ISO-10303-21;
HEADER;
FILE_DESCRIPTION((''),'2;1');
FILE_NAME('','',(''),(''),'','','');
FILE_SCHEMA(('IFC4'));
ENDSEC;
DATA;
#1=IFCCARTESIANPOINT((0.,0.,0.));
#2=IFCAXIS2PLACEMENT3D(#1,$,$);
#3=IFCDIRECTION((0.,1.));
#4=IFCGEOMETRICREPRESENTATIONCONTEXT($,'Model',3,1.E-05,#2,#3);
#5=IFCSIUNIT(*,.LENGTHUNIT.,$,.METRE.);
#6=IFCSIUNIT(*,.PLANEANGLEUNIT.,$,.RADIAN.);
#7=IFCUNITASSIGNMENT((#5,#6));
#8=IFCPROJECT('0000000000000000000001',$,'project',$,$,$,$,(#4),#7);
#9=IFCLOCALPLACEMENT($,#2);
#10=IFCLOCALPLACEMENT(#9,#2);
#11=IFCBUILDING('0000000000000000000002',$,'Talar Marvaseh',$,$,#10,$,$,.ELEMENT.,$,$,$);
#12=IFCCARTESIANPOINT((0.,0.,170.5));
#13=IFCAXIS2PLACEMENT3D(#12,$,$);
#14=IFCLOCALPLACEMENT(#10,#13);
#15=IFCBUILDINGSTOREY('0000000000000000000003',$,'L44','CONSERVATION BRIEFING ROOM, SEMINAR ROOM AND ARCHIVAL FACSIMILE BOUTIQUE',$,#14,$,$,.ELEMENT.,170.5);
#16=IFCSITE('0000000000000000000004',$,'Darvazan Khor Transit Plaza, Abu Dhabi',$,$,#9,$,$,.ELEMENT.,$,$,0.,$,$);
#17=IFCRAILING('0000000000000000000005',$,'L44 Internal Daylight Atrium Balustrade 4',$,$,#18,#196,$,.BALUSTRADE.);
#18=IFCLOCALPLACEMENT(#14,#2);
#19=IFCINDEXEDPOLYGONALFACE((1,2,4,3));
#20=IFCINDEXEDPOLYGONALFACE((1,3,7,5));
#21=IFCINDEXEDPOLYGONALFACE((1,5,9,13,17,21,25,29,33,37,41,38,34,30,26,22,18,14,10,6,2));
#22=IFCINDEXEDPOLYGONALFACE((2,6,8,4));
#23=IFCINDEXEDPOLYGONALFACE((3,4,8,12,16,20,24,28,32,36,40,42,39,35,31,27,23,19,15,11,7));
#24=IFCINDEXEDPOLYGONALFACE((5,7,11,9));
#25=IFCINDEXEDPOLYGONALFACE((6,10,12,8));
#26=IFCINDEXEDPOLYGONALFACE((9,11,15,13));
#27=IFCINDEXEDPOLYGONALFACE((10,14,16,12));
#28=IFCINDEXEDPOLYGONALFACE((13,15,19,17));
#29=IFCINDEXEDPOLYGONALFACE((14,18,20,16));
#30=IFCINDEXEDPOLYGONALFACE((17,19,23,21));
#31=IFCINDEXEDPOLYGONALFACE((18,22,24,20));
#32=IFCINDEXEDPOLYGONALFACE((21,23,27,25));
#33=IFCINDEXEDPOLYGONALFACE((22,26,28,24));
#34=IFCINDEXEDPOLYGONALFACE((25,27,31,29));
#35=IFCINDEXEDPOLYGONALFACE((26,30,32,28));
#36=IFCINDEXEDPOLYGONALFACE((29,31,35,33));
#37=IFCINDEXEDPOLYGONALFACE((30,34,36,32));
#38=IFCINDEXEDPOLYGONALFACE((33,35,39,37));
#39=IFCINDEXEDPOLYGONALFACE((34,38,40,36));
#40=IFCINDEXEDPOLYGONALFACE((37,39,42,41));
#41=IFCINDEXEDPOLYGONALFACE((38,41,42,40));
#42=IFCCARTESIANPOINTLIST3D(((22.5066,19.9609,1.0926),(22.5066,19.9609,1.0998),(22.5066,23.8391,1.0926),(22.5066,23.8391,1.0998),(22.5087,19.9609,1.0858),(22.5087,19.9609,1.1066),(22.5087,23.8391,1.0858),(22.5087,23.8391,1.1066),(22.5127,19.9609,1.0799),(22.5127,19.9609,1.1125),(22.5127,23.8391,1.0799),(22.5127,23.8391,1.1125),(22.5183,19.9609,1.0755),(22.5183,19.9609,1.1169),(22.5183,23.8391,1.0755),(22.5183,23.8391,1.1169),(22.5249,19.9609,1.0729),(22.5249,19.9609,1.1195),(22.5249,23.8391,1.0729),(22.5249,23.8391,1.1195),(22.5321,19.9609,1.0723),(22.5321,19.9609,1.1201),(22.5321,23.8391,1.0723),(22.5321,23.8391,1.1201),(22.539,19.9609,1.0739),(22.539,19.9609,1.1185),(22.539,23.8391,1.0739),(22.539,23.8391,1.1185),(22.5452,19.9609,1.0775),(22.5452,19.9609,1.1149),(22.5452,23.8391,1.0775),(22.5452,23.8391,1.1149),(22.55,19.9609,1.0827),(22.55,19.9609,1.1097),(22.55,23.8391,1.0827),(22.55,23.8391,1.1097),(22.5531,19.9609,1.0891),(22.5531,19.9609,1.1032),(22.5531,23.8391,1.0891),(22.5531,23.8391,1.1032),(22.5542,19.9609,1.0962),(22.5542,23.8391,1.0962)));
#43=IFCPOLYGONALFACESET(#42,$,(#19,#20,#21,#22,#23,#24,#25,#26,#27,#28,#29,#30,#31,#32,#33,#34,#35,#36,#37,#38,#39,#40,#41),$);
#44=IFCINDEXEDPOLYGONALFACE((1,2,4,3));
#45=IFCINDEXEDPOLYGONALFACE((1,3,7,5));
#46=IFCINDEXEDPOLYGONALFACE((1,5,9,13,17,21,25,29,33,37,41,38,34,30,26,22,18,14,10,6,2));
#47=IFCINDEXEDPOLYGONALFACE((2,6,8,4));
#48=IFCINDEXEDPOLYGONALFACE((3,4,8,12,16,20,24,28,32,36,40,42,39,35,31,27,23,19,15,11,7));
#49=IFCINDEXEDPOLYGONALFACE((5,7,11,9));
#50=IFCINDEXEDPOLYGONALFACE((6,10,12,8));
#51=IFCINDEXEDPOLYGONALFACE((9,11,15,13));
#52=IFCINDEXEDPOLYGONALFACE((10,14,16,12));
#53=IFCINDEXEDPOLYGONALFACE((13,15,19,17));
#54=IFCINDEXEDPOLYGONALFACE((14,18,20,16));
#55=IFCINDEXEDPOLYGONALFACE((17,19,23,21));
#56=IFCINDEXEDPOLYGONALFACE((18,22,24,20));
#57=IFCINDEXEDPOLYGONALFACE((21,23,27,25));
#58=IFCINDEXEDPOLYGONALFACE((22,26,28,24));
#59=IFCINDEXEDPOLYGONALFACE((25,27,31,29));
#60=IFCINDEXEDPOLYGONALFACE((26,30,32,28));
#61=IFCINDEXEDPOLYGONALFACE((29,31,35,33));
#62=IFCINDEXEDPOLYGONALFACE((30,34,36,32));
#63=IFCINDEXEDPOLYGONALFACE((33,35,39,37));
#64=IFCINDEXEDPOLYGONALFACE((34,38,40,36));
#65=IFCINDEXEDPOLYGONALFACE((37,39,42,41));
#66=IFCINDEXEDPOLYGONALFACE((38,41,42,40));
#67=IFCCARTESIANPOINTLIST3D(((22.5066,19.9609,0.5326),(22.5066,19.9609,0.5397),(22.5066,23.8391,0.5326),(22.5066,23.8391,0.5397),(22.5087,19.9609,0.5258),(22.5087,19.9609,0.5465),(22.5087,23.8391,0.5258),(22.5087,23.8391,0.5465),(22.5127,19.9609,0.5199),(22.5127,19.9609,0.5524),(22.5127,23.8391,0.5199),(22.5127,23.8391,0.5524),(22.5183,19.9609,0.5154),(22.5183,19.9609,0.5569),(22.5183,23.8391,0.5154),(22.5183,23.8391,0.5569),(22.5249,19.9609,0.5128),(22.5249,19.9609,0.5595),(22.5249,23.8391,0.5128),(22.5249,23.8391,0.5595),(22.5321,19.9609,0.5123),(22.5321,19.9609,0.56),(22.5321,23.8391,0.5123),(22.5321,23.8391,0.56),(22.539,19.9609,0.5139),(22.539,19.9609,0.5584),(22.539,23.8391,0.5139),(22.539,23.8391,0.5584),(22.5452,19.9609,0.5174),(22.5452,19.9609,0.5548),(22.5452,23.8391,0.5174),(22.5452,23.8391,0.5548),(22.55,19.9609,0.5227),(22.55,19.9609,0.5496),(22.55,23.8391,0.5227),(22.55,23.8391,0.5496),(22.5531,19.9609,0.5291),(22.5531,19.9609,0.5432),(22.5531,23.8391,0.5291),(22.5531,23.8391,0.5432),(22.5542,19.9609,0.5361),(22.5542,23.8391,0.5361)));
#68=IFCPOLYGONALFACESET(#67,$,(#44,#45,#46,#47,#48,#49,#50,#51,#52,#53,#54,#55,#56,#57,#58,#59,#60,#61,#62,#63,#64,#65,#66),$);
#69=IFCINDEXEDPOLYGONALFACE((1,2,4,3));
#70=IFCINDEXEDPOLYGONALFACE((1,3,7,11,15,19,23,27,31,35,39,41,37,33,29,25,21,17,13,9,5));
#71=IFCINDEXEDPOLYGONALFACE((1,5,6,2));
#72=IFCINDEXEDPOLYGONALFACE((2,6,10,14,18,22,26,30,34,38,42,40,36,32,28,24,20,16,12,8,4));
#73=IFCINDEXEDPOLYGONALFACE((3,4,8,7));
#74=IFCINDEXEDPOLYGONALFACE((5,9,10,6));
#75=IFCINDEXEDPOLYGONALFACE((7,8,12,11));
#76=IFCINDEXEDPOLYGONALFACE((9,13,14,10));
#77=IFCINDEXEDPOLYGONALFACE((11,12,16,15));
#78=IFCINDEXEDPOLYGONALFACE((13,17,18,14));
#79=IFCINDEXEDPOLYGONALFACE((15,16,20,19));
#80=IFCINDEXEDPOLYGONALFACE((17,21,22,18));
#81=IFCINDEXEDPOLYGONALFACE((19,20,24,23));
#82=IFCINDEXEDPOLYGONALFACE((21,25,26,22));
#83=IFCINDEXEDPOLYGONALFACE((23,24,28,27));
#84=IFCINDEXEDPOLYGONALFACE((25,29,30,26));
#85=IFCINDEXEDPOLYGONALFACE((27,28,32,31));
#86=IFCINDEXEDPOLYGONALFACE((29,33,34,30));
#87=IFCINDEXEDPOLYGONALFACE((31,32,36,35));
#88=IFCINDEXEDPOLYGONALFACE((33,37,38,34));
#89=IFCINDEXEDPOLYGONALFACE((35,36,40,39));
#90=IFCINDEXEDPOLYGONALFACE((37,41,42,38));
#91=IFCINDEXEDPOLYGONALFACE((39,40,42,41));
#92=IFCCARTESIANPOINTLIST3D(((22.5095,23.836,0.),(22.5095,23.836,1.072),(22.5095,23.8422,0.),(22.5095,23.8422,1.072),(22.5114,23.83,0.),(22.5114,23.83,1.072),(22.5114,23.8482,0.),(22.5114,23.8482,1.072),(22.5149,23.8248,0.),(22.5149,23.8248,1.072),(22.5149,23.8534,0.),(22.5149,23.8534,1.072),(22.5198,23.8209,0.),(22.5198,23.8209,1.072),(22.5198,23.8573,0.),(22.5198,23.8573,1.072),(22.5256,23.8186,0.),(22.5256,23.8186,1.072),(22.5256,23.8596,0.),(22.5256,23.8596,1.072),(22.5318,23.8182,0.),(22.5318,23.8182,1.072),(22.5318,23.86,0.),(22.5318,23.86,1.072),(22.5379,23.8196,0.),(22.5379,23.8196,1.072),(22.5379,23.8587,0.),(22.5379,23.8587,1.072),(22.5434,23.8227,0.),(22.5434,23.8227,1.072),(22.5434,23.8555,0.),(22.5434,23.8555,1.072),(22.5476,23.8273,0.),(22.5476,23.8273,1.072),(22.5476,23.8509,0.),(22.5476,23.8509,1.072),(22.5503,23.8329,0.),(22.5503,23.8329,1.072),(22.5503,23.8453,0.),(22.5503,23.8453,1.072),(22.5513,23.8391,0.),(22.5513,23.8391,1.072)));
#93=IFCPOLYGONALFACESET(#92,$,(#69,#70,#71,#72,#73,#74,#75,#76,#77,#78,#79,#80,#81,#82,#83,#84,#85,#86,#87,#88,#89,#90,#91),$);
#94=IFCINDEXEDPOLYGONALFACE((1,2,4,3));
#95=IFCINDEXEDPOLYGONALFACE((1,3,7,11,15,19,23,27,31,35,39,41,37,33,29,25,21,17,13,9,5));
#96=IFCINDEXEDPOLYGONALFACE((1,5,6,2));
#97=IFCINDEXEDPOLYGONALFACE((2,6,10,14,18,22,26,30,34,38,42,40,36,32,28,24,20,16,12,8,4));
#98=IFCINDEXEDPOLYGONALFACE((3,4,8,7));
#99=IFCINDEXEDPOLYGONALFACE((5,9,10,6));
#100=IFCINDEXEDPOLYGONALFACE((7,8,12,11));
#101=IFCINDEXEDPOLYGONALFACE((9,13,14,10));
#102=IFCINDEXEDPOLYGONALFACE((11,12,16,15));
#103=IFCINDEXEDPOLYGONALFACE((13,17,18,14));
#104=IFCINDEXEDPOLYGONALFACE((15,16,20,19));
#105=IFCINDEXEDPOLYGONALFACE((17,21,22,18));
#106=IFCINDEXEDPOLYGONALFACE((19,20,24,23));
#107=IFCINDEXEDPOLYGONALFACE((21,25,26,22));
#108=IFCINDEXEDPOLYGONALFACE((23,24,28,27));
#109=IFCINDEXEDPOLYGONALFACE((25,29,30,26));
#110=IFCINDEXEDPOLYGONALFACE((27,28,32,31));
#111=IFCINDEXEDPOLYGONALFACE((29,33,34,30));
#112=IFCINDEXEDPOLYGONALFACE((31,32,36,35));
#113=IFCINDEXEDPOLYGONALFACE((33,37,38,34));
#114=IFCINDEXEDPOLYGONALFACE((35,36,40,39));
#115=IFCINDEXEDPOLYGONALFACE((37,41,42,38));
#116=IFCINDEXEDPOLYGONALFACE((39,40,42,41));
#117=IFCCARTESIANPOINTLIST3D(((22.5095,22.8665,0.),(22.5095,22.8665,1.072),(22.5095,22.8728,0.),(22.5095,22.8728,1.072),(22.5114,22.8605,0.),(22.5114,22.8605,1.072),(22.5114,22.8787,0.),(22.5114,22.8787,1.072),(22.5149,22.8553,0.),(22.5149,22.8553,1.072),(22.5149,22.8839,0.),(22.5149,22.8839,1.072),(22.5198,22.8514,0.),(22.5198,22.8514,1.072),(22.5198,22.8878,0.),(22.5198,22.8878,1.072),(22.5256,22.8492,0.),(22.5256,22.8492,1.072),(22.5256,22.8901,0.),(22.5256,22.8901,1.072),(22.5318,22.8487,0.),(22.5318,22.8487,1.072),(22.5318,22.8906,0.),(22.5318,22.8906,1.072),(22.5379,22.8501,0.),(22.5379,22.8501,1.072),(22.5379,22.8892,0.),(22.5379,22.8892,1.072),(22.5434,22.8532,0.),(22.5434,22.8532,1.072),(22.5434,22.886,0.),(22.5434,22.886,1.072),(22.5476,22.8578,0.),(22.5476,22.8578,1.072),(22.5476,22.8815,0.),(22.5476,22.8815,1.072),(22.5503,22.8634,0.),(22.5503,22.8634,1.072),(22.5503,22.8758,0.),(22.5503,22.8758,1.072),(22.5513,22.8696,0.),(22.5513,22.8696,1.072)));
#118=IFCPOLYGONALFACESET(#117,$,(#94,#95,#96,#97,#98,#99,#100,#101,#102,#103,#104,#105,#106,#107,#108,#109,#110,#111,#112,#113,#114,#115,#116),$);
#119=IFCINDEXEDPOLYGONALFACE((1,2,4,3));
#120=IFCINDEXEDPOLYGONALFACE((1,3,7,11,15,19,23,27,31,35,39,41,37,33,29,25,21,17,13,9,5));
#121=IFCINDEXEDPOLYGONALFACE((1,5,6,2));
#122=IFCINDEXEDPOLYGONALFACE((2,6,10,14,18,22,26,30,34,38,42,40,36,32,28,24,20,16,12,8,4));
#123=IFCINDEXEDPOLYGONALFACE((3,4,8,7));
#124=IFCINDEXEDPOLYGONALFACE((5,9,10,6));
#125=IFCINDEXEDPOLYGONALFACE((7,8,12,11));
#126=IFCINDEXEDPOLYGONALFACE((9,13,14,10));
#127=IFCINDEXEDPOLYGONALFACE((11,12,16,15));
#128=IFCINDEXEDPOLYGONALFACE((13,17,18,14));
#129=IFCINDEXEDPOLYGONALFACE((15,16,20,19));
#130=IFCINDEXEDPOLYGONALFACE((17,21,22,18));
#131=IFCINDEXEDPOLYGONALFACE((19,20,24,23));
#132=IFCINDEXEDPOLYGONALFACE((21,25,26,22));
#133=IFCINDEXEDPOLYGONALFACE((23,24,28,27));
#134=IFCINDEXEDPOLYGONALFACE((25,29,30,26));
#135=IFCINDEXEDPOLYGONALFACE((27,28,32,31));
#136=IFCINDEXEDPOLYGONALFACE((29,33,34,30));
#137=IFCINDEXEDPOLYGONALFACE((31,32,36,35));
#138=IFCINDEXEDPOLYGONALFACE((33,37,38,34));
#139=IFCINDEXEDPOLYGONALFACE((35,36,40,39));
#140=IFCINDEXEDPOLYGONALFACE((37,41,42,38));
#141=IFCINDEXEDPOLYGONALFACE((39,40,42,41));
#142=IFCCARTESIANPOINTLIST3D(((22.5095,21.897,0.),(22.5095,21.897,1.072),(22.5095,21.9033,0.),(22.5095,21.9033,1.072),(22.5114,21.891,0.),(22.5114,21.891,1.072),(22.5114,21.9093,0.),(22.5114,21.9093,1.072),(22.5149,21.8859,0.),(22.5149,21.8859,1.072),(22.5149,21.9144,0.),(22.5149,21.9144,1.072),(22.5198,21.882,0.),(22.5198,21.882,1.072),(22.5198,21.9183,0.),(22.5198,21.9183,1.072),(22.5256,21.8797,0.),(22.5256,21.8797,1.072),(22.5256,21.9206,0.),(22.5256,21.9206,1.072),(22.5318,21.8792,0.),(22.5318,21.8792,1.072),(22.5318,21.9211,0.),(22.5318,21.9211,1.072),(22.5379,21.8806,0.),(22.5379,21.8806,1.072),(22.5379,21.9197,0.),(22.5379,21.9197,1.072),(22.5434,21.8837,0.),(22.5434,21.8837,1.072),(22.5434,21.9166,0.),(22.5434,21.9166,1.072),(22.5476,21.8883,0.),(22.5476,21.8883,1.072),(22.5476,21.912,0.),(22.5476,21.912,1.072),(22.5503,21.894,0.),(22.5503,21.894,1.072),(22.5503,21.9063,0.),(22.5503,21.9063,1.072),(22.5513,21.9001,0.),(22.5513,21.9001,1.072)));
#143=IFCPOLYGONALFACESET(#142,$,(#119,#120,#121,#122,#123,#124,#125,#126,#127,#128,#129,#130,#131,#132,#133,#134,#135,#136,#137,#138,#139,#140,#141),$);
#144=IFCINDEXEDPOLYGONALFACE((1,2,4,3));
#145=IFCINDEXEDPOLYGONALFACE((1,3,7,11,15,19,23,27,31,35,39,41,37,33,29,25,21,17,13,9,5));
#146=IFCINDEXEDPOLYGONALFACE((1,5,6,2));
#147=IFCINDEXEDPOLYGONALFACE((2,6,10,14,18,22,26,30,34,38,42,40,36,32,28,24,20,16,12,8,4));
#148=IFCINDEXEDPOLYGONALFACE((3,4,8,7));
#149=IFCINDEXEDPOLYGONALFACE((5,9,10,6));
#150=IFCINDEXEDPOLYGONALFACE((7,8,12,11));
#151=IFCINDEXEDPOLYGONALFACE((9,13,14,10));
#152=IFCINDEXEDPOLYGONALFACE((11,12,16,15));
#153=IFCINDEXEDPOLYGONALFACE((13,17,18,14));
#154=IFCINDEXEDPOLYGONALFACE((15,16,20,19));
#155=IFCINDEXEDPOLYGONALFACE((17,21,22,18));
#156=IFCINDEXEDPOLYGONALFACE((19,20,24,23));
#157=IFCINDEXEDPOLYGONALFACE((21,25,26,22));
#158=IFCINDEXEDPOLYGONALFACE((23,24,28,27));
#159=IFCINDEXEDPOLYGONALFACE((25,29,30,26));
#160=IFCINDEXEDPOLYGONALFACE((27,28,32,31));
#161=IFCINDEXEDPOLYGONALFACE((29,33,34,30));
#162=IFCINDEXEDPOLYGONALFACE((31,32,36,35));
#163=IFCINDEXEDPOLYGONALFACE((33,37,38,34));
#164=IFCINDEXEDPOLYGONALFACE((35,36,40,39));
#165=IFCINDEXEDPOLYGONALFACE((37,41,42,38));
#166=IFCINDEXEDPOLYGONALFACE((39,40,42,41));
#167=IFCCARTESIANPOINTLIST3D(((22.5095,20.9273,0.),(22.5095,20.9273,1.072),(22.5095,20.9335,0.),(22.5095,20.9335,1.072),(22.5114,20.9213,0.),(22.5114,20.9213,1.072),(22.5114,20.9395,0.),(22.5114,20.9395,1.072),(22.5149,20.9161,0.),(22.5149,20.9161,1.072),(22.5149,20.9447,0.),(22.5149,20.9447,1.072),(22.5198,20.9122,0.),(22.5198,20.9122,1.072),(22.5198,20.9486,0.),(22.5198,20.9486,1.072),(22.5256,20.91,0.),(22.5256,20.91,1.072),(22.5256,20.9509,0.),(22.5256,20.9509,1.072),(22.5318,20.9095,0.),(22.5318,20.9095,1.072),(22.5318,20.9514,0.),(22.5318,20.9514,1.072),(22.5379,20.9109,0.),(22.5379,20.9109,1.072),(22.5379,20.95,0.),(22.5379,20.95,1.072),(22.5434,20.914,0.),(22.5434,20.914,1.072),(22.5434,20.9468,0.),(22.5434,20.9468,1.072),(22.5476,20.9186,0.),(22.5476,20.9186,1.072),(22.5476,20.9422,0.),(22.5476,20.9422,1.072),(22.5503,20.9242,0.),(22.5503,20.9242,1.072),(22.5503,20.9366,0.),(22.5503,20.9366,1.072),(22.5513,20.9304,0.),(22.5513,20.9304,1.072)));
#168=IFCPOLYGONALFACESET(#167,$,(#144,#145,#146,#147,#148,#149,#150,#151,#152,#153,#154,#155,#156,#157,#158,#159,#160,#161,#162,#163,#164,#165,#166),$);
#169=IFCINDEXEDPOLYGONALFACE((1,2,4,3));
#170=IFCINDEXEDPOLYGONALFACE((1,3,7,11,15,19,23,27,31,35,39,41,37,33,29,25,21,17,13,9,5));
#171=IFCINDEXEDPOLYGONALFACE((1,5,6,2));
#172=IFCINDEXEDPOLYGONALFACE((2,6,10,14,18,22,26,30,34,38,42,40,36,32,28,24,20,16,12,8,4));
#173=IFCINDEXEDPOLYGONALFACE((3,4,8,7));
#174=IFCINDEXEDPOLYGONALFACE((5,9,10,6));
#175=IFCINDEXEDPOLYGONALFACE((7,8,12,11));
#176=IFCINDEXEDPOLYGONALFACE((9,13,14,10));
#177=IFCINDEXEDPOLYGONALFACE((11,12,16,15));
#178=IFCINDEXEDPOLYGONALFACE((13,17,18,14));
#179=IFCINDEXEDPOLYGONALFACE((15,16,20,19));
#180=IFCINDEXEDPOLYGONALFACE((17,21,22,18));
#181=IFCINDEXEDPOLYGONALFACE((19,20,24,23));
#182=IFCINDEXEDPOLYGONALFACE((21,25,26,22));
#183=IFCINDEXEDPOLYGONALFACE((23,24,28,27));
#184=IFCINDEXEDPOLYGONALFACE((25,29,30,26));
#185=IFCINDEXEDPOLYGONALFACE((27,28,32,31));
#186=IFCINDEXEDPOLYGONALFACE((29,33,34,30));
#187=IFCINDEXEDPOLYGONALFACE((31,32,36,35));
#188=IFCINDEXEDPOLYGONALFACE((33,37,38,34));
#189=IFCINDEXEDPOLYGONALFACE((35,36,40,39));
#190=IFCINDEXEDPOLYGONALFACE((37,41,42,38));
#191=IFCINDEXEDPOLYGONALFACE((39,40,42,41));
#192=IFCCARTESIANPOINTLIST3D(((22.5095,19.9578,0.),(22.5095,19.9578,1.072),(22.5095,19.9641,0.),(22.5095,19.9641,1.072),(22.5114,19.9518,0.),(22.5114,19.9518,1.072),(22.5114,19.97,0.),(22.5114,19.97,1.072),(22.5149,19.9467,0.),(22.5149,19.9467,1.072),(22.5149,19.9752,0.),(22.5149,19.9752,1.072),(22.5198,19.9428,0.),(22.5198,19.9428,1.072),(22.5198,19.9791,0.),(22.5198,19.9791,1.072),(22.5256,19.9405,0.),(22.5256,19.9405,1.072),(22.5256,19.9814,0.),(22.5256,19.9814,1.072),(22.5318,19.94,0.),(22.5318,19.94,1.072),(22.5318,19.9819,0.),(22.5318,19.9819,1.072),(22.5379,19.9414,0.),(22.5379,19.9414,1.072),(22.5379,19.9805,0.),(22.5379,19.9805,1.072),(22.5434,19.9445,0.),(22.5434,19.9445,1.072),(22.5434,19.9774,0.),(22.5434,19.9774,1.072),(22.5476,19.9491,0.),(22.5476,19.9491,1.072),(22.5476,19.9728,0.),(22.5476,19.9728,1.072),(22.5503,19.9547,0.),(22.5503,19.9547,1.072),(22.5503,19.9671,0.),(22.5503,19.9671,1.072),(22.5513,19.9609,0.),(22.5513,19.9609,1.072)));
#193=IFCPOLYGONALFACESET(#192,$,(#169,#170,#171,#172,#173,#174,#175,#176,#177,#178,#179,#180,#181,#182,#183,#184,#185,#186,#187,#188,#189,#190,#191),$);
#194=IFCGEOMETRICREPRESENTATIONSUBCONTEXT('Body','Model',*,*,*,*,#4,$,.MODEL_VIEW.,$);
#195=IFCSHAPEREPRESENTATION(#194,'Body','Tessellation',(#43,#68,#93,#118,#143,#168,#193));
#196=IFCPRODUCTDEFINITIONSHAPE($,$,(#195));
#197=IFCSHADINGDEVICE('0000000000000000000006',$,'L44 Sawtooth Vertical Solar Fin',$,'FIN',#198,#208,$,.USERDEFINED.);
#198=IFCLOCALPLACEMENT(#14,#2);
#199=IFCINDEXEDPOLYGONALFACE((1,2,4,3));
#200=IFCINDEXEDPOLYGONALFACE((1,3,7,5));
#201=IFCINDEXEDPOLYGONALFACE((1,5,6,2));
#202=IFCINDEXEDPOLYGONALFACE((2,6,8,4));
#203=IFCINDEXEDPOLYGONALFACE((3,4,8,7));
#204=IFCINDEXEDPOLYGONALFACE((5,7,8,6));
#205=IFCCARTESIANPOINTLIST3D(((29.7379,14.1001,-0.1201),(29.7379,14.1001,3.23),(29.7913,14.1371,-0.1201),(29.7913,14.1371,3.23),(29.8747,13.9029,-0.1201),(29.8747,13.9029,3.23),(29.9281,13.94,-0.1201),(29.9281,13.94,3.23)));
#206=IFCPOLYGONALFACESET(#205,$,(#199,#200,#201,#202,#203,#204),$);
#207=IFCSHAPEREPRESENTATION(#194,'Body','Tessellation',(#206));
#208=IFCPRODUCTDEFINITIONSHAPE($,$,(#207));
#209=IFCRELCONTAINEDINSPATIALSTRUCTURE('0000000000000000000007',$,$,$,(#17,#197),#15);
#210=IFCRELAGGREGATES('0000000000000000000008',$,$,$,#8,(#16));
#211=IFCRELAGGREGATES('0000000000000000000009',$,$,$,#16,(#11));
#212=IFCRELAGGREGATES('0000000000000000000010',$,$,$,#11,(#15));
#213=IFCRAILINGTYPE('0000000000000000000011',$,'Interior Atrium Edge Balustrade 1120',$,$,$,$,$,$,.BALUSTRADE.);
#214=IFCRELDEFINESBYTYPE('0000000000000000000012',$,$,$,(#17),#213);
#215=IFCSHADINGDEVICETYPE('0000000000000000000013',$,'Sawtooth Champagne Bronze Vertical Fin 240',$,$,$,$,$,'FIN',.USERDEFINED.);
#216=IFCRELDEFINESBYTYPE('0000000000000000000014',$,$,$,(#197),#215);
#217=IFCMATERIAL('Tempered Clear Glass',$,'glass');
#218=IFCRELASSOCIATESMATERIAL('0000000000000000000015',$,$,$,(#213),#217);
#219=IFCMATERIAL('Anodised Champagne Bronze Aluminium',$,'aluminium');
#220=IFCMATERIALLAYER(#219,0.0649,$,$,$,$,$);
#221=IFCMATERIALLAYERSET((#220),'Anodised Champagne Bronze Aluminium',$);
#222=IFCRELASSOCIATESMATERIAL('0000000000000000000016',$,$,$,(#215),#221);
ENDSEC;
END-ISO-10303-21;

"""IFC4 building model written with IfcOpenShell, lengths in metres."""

from ifc_helpers import new_model, si_unit, direction, frame, origin, origin_2d, place, context, subcontext, project, spatial, rectangle, circle, extrude, source, transform, mapped, material, layer, layer_set, type_object, type_shapes, element, save


model = new_model("IFC4")

# Units and contexts
model_context = context("Model", 3, precision=1e-05, world=origin(), true_north=direction((0.0, 1.0)))
body_context = subcontext(model_context, "Body", "Model", "MODEL_VIEW")
ifc_project = project(units=[si_unit("LENGTHUNIT", "METRE"), si_unit("PLANEANGLEUNIT", "RADIAN")], contexts=[model_context])

# Site, building, storey
site_placement = place(None, origin())
site = spatial("IfcSite", under=ifc_project, at=site_placement, Name="Darvazan Khor Transit Plaza, Abu Dhabi", CompositionType="ELEMENT", RefElevation=0.0)
building_placement = place(site_placement, origin())
building = spatial("IfcBuilding", under=site, at=building_placement, Name="Talar Marvaseh", CompositionType="ELEMENT")
storey_placement = place(building_placement, frame((0.0, 0.0, 170.5)))
storey = spatial("IfcBuildingStorey", under=building, at=storey_placement, Name="L44", Description="CONSERVATION BRIEFING ROOM, SEMINAR ROOM AND ARCHIVAL FACSIMILE BOUTIQUE", CompositionType="ELEMENT", Elevation=170.5)

# Railing
ifc_material_1 = material(Name="Tempered Clear Glass", Category="glass")
railing_type = type_object("IfcRailingType", Name="Interior Atrium Edge Balustrade 1120", PredefinedType="BALUSTRADE", material=ifc_material_1)
railing_1_placement = place(storey_placement, frame((22.5303, 23.8391, 0.0)))
element("IfcRailing", 1, at=railing_1_placement, inside=storey, type_object=railing_type, Name="L44 Internal Daylight Atrium Balustrade 4", PredefinedType="BALUSTRADE", context=body_context, shape_type="SweptSolid", body=[
    extrude(circle(Radius=0.0239, at=origin_2d()), frame((0.0, 0.0, 1.0962), z_axis=(0.0, -1.0, 0.0), x_axis=(1.0, 0.0, 0.0)), (0.0, 0.0, 1.0), 3.8782),
    extrude(circle(Radius=0.0239, at=origin_2d()), frame((0.0, 0.0, 0.5361), z_axis=(0.0, -1.0, 0.0), x_axis=(1.0, 0.0, 0.0)), (0.0, 0.0, 1.0), 3.8782),
    extrude(circle(Radius=0.021, at=origin_2d()), origin(), (0.0, 0.0, 1.0), 1.072),
    extrude(circle(Radius=0.021, at=origin_2d()), frame((0.0, -0.9695, 0.0)), (0.0, 0.0, 1.0), 1.072),
    extrude(circle(Radius=0.021, at=origin_2d()), frame((0.0, -1.939, 0.0)), (0.0, 0.0, 1.0), 1.072),
    extrude(circle(Radius=0.021, at=origin_2d()), frame((0.0, -2.9087, 0.0)), (0.0, 0.0, 1.0), 1.072),
    extrude(circle(Radius=0.021, at=origin_2d()), frame((0.0, -3.8782, 0.0)), (0.0, 0.0, 1.0), 1.072),
])

# Shading device
ifc_material_2 = material(Name="Anodised Champagne Bronze Aluminium", Category="aluminium")
ifc_layer_1 = layer(ifc_material_2, 0.0649)
ifc_layer_set_1 = layer_set([ifc_layer_1], Name="Anodised Champagne Bronze Aluminium")
shading_device_type = type_object("IfcShadingDeviceType", Name="Sawtooth Champagne Bronze Vertical Fin 240", ElementType="FIN", PredefinedType="USERDEFINED", material=ifc_layer_set_1)
shared_shape_1 = source(origin(), body_context, "Body", "SweptSolid", [
    extrude(rectangle(XDim=0.24, YDim=0.0649, at=origin_2d()), origin(), (0.0, 0.0, 1.0), 3.3501),
])
type_shapes(shading_device_type, [shared_shape_1])
for number, where, z_axis, x_axis, name in (
    (2, (29.833, 14.02, -0.1201), (0.0, 0.0, 1.0), (0.57014, -0.821547, 0.0), "L44 Sawtooth Vertical Solar Fin"),
):
    element("IfcShadingDevice", number, at=place(storey_placement, frame(where, z_axis=z_axis, x_axis=x_axis)), inside=storey, type_object=shading_device_type, Name=name, ObjectType="FIN", PredefinedType="USERDEFINED", context=body_context, shape_type="MappedRepresentation", body=[
        mapped(shared_shape_1, transform((0.0, 0.0, 0.0), x_axis=(1.0, 0.0, 0.0), y_axis=(0.0, 1.0, 0.0), z_axis=(0.0, 0.0, 1.0), scale=1.0)),
    ])

save(model, "model.ifc")
